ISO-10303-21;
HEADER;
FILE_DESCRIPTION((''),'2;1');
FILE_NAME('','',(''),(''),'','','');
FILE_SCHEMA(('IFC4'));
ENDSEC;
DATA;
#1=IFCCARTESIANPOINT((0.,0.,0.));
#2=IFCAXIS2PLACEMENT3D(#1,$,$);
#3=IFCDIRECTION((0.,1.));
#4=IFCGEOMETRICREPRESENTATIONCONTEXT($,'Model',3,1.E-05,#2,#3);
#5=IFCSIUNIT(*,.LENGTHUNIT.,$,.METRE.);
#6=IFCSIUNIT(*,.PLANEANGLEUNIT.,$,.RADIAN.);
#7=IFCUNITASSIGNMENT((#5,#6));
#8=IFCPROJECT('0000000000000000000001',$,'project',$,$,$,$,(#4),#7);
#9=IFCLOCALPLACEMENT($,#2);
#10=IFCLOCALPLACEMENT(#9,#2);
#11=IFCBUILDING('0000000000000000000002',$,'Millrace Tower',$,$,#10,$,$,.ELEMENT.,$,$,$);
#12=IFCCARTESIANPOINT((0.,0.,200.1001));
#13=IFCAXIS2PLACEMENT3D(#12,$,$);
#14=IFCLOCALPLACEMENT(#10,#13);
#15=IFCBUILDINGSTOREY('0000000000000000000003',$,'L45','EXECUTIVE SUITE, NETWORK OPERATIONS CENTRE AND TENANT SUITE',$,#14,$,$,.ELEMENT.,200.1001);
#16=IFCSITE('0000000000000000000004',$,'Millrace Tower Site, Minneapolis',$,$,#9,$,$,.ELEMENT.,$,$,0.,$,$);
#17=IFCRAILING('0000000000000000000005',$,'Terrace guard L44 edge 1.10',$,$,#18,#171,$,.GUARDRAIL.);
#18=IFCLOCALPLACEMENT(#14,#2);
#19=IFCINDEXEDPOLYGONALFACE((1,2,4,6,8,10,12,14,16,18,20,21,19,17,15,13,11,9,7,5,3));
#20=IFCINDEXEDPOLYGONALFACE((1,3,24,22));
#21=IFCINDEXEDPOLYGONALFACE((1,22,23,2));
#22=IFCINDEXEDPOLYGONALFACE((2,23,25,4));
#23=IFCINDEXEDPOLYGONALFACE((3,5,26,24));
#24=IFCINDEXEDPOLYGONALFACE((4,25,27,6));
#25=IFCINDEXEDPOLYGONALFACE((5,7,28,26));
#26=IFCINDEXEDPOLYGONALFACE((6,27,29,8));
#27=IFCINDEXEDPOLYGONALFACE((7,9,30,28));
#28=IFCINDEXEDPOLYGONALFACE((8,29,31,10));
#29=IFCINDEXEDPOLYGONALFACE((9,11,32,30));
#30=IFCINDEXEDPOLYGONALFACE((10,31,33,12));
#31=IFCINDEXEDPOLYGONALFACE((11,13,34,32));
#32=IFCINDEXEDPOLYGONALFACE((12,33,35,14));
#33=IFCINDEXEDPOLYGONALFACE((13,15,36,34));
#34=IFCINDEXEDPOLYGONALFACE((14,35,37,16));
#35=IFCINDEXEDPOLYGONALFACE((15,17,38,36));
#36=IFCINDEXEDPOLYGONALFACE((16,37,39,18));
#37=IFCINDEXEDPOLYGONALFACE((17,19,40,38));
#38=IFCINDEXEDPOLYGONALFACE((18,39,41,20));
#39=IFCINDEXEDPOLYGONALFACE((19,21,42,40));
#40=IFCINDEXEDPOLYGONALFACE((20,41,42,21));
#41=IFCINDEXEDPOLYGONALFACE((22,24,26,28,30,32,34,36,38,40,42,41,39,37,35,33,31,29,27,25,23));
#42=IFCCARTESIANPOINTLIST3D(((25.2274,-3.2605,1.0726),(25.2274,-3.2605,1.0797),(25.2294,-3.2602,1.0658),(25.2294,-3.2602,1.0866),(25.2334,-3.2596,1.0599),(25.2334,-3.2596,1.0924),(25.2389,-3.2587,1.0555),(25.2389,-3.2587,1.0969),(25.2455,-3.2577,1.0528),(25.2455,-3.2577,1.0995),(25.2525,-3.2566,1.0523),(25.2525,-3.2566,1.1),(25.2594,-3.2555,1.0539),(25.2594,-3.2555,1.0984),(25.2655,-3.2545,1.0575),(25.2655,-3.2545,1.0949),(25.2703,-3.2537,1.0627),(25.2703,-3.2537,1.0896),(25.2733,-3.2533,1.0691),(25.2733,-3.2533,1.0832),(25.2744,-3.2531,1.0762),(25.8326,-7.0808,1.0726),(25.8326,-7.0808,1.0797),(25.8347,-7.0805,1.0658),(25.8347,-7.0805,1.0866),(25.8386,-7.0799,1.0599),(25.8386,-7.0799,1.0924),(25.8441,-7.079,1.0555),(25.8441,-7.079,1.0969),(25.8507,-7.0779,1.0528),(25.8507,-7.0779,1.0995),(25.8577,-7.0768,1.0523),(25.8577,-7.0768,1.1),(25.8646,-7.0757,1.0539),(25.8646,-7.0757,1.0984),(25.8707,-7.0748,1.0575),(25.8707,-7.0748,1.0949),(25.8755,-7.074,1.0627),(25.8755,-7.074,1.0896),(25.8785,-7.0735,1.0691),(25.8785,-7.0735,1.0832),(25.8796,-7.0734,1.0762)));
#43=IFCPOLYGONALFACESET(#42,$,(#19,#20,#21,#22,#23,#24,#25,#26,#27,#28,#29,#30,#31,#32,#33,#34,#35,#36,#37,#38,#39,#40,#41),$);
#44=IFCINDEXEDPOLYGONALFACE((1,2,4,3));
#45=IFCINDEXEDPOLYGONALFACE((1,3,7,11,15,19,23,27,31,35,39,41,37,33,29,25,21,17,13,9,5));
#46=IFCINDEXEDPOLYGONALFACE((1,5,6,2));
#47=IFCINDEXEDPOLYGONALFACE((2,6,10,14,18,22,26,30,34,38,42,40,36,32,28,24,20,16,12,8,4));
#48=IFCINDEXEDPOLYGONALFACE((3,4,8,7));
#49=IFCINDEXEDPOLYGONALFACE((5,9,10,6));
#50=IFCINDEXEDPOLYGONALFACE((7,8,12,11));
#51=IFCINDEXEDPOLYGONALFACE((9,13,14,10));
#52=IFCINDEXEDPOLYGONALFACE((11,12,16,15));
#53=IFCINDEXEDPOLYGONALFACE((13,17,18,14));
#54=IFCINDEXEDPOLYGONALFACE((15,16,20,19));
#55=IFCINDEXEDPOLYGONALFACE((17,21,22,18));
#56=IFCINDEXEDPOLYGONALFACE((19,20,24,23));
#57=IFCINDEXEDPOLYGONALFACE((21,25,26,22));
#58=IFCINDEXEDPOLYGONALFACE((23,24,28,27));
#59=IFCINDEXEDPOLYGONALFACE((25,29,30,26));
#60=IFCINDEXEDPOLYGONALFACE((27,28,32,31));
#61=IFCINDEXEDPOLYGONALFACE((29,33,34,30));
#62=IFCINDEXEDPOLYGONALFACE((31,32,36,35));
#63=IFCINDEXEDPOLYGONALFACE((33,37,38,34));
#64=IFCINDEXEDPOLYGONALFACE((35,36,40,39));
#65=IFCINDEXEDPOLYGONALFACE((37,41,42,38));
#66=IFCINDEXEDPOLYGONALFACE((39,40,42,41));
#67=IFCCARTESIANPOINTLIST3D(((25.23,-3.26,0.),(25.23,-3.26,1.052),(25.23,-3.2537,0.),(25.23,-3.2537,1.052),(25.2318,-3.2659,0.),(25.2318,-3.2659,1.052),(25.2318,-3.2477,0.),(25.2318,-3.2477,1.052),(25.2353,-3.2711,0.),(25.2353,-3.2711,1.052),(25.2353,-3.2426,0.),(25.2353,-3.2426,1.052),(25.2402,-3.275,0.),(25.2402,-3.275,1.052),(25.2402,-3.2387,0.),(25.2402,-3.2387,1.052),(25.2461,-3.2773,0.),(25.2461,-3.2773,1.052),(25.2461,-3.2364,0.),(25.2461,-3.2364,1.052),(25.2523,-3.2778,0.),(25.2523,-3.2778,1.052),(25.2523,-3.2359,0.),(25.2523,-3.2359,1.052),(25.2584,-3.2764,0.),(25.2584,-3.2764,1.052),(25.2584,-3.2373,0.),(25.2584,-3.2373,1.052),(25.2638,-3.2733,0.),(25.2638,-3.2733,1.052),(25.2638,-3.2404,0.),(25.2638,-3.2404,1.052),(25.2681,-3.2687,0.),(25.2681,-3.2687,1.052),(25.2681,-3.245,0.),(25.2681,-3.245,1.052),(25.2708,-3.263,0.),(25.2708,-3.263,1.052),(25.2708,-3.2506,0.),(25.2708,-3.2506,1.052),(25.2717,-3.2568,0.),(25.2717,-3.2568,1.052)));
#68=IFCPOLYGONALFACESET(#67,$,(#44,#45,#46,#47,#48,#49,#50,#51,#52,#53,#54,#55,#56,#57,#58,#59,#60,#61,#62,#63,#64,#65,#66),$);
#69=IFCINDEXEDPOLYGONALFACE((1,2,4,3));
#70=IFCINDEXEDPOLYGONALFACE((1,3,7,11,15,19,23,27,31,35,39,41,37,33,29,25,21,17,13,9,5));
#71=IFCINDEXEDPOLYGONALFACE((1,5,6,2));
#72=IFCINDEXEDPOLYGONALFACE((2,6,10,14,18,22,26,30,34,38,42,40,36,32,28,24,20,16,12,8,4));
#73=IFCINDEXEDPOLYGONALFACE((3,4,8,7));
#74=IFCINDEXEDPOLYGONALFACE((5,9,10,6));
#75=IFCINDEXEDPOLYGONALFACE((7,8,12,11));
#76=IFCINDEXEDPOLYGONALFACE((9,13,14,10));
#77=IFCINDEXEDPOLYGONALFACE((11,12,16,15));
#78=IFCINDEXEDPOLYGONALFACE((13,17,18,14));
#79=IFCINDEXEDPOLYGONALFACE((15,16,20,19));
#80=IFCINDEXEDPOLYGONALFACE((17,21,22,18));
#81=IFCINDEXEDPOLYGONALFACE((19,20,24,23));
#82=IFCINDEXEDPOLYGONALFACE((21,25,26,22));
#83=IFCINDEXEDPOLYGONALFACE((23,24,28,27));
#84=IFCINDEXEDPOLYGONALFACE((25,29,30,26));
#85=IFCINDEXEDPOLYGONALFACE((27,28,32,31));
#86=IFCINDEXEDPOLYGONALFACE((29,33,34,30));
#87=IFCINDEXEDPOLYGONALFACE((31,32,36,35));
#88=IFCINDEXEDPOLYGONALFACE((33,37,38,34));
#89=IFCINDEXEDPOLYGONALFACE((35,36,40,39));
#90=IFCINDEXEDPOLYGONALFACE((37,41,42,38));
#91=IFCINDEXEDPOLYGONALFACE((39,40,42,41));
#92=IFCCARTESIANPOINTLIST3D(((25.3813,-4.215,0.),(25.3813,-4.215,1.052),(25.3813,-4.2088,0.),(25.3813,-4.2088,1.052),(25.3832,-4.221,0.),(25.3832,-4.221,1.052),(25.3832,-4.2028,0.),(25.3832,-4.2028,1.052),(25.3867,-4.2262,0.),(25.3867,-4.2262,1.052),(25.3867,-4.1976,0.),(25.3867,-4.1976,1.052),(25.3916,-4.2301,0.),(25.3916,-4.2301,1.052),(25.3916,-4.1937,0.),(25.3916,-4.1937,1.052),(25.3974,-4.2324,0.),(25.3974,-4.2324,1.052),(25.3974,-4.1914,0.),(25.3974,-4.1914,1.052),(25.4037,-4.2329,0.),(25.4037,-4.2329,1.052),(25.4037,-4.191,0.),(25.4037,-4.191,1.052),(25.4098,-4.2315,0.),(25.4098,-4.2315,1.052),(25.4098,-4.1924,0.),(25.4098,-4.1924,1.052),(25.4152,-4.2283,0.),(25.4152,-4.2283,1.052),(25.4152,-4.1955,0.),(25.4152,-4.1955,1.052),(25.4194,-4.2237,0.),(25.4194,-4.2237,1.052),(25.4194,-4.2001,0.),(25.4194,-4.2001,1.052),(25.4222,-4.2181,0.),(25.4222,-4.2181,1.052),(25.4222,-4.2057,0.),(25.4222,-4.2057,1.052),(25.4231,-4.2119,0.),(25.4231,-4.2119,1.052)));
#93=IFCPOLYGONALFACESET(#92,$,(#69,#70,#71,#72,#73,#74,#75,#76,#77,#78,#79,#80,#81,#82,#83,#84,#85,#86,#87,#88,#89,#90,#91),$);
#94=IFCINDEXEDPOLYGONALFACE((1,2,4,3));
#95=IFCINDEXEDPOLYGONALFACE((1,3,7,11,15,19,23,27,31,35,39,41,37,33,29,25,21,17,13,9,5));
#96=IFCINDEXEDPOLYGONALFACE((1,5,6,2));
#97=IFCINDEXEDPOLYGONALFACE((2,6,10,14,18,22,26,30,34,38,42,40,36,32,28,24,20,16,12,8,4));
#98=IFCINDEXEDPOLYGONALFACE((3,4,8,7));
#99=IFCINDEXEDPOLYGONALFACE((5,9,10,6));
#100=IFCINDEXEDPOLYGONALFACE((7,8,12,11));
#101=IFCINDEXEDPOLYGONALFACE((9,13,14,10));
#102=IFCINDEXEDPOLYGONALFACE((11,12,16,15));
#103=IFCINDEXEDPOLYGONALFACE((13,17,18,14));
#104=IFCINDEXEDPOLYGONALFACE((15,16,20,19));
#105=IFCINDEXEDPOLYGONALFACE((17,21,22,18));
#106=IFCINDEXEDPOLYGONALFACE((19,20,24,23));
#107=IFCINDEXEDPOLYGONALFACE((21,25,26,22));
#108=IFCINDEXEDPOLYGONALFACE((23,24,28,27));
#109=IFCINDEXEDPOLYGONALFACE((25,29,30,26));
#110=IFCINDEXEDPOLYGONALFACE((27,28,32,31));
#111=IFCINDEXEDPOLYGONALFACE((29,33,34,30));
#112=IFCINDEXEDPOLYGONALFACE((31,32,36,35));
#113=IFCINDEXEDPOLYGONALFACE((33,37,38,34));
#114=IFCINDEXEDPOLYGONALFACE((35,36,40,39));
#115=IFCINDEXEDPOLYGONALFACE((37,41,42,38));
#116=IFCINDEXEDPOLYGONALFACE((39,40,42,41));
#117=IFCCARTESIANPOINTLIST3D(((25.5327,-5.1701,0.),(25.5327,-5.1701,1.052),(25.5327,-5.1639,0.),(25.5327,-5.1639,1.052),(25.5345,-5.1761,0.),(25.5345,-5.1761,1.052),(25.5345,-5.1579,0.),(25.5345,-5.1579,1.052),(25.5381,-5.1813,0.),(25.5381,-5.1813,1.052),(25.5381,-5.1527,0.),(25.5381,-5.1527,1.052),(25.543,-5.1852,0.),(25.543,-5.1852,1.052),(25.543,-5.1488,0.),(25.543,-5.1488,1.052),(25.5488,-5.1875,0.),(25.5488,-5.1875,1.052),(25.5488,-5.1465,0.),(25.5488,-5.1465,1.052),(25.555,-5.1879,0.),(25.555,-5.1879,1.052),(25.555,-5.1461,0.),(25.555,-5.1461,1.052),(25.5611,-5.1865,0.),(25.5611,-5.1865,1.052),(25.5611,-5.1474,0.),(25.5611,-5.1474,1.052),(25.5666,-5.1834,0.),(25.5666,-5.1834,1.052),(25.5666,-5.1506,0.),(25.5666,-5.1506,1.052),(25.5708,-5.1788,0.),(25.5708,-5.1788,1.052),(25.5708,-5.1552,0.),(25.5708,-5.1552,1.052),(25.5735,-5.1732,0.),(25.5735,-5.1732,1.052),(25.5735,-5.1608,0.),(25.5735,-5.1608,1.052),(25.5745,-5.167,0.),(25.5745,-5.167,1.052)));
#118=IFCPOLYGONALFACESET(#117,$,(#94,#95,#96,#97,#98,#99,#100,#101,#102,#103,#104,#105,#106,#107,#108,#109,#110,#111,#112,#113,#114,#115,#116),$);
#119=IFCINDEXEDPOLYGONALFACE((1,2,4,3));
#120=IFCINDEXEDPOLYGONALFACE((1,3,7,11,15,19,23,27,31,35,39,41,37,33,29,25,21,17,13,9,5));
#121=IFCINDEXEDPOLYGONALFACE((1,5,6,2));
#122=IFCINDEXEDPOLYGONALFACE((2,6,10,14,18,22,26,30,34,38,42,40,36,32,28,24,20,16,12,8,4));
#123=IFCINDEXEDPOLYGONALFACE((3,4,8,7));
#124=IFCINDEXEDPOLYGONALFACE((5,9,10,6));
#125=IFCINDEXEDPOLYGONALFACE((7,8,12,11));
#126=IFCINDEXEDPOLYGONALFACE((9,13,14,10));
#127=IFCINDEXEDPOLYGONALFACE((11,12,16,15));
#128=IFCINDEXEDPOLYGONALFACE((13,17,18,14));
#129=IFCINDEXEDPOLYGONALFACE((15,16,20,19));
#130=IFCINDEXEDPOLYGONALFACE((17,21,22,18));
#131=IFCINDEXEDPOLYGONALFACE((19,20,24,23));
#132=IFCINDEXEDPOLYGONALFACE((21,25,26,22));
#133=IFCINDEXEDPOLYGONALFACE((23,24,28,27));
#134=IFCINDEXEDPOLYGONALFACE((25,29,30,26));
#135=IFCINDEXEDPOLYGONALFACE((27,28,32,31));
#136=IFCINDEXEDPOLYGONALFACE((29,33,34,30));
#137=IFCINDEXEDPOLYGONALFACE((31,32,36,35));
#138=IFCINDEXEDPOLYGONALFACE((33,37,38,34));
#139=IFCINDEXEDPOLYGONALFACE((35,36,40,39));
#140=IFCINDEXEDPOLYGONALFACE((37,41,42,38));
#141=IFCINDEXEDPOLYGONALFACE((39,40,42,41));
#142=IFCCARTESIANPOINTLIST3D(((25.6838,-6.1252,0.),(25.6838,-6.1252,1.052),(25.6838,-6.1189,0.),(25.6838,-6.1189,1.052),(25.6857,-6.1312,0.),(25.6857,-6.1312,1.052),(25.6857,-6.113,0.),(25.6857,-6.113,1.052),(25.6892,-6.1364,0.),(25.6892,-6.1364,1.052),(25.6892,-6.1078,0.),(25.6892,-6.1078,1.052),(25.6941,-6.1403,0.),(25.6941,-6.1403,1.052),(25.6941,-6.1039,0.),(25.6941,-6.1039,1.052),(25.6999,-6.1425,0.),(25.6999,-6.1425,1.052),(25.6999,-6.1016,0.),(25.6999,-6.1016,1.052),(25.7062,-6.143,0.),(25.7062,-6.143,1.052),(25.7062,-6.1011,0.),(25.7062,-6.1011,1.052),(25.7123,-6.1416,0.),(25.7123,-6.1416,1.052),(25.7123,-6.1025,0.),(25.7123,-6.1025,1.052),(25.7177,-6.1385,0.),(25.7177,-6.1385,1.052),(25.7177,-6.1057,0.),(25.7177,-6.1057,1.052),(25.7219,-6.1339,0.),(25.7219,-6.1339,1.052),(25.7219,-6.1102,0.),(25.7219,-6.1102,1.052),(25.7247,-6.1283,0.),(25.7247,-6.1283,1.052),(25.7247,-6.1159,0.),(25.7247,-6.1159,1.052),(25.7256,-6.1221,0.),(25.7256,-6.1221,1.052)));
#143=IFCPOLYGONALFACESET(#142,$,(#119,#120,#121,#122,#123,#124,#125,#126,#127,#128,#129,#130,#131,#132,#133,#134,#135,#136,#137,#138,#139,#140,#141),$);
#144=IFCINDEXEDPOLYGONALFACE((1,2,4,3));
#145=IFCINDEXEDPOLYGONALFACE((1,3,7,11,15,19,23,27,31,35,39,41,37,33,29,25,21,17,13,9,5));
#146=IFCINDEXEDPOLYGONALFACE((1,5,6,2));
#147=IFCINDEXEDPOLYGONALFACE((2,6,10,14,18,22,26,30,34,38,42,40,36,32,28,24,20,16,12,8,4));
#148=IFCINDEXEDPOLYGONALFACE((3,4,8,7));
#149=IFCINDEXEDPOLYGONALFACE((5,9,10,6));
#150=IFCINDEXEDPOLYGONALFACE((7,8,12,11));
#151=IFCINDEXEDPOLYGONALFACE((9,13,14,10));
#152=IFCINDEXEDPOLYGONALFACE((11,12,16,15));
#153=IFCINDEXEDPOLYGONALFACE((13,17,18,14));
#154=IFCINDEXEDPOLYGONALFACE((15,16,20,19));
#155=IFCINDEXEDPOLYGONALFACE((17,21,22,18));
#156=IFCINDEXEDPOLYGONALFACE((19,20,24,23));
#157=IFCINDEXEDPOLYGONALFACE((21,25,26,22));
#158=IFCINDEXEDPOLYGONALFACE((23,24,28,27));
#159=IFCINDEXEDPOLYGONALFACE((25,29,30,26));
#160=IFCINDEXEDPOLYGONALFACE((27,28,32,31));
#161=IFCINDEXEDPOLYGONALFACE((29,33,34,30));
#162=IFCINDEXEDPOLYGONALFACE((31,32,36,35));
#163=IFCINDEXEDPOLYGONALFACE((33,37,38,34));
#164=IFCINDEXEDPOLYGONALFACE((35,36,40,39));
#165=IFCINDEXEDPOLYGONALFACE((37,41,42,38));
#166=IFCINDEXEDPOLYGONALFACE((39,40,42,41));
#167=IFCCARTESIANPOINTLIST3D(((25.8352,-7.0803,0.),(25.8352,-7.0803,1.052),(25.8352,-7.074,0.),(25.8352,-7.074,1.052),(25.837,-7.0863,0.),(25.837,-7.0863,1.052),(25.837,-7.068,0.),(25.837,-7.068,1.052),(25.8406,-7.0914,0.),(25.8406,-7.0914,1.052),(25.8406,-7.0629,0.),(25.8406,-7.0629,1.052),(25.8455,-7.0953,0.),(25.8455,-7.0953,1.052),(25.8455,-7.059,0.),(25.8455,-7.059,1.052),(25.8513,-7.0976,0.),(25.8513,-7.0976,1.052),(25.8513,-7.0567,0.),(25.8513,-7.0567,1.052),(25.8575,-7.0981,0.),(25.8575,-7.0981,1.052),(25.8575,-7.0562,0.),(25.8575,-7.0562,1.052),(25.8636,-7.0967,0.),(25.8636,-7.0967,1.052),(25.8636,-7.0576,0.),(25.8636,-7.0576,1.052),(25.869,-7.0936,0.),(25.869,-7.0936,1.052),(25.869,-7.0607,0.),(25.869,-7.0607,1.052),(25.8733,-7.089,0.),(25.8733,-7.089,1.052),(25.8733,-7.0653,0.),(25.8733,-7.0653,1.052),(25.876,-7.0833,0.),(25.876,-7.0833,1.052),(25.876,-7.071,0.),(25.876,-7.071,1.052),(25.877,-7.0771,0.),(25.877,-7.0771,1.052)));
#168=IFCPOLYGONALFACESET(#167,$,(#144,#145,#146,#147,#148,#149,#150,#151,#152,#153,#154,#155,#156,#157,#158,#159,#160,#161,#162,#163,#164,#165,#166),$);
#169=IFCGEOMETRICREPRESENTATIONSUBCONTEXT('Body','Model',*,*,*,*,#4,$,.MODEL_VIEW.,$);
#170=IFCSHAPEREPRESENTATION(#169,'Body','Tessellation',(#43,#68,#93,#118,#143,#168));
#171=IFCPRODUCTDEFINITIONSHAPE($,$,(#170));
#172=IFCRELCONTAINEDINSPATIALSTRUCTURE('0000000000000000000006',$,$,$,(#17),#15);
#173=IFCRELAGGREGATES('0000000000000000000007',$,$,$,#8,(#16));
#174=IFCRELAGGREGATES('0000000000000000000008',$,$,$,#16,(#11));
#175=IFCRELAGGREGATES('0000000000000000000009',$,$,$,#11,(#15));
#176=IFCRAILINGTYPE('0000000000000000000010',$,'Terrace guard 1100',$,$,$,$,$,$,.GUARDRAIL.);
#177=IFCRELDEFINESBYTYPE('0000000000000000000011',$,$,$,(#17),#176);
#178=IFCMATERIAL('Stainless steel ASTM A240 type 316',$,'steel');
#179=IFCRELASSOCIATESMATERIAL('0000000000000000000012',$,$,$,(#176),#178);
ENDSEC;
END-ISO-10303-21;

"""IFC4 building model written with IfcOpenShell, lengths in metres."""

from ifc_helpers import new_model, si_unit, direction, frame, origin, origin_2d, place, context, subcontext, project, spatial, circle, extrude, material, type_object, element, save


model = new_model("IFC4")

# Units and contexts
model_context = context("Model", 3, precision=1e-05, world=origin(), true_north=direction((0.0, 1.0)))
body_context = subcontext(model_context, "Body", "Model", "MODEL_VIEW")
ifc_project = project(units=[si_unit("LENGTHUNIT", "METRE"), si_unit("PLANEANGLEUNIT", "RADIAN")], contexts=[model_context])

# Site, building, storey
site_placement = place(None, origin())
site = spatial("IfcSite", under=ifc_project, at=site_placement, Name="Millrace Tower Site, Minneapolis", CompositionType="ELEMENT", RefElevation=0.0)
building_placement = place(site_placement, origin())
building = spatial("IfcBuilding", under=site, at=building_placement, Name="Millrace Tower", CompositionType="ELEMENT")
storey_placement = place(building_placement, frame((0.0, 0.0, 200.1001)))
storey = spatial("IfcBuildingStorey", under=building, at=storey_placement, Name="L45", Description="EXECUTIVE SUITE, NETWORK OPERATIONS CENTRE AND TENANT SUITE", CompositionType="ELEMENT", Elevation=200.1001)

# Railing
ifc_material_1 = material(Name="Stainless steel ASTM A240 type 316", Category="steel")
railing_type = type_object("IfcRailingType", Name="Terrace guard 1100", PredefinedType="GUARDRAIL", material=ifc_material_1)
for number, where, name in (
    (1, (25.2507, -3.2568, 0.0), "Terrace guard L44 edge 1.10"),
):
    element("IfcRailing", number, at=place(storey_placement, frame(where)), inside=storey, type_object=railing_type, Name=name, PredefinedType="GUARDRAIL", context=body_context, shape_type="SweptSolid", body=[
        extrude(circle(Radius=0.0239, at=origin_2d()), frame((0.0, 0.0, 1.0762), z_axis=(0.156471, -0.987682, 0.0), x_axis=(0.987682, 0.156471, 0.0)), (0.0, 0.0, 1.0), 3.8679),
        extrude(circle(Radius=0.021, at=origin_2d()), origin(), (0.0, 0.0, 1.0), 1.052),
        extrude(circle(Radius=0.021, at=origin_2d()), frame((0.1514, -0.9551, 0.0)), (0.0, 0.0, 1.0), 1.052),
        extrude(circle(Radius=0.021, at=origin_2d()), frame((0.3027, -1.9102, 0.0)), (0.0, 0.0, 1.0), 1.052),
        extrude(circle(Radius=0.021, at=origin_2d()), frame((0.4539, -2.8652, 0.0)), (0.0, 0.0, 1.0), 1.052),
        extrude(circle(Radius=0.021, at=origin_2d()), frame((0.6052, -3.8203, 0.0)), (0.0, 0.0, 1.0), 1.052),
    ])

save(model, "model.ifc")
